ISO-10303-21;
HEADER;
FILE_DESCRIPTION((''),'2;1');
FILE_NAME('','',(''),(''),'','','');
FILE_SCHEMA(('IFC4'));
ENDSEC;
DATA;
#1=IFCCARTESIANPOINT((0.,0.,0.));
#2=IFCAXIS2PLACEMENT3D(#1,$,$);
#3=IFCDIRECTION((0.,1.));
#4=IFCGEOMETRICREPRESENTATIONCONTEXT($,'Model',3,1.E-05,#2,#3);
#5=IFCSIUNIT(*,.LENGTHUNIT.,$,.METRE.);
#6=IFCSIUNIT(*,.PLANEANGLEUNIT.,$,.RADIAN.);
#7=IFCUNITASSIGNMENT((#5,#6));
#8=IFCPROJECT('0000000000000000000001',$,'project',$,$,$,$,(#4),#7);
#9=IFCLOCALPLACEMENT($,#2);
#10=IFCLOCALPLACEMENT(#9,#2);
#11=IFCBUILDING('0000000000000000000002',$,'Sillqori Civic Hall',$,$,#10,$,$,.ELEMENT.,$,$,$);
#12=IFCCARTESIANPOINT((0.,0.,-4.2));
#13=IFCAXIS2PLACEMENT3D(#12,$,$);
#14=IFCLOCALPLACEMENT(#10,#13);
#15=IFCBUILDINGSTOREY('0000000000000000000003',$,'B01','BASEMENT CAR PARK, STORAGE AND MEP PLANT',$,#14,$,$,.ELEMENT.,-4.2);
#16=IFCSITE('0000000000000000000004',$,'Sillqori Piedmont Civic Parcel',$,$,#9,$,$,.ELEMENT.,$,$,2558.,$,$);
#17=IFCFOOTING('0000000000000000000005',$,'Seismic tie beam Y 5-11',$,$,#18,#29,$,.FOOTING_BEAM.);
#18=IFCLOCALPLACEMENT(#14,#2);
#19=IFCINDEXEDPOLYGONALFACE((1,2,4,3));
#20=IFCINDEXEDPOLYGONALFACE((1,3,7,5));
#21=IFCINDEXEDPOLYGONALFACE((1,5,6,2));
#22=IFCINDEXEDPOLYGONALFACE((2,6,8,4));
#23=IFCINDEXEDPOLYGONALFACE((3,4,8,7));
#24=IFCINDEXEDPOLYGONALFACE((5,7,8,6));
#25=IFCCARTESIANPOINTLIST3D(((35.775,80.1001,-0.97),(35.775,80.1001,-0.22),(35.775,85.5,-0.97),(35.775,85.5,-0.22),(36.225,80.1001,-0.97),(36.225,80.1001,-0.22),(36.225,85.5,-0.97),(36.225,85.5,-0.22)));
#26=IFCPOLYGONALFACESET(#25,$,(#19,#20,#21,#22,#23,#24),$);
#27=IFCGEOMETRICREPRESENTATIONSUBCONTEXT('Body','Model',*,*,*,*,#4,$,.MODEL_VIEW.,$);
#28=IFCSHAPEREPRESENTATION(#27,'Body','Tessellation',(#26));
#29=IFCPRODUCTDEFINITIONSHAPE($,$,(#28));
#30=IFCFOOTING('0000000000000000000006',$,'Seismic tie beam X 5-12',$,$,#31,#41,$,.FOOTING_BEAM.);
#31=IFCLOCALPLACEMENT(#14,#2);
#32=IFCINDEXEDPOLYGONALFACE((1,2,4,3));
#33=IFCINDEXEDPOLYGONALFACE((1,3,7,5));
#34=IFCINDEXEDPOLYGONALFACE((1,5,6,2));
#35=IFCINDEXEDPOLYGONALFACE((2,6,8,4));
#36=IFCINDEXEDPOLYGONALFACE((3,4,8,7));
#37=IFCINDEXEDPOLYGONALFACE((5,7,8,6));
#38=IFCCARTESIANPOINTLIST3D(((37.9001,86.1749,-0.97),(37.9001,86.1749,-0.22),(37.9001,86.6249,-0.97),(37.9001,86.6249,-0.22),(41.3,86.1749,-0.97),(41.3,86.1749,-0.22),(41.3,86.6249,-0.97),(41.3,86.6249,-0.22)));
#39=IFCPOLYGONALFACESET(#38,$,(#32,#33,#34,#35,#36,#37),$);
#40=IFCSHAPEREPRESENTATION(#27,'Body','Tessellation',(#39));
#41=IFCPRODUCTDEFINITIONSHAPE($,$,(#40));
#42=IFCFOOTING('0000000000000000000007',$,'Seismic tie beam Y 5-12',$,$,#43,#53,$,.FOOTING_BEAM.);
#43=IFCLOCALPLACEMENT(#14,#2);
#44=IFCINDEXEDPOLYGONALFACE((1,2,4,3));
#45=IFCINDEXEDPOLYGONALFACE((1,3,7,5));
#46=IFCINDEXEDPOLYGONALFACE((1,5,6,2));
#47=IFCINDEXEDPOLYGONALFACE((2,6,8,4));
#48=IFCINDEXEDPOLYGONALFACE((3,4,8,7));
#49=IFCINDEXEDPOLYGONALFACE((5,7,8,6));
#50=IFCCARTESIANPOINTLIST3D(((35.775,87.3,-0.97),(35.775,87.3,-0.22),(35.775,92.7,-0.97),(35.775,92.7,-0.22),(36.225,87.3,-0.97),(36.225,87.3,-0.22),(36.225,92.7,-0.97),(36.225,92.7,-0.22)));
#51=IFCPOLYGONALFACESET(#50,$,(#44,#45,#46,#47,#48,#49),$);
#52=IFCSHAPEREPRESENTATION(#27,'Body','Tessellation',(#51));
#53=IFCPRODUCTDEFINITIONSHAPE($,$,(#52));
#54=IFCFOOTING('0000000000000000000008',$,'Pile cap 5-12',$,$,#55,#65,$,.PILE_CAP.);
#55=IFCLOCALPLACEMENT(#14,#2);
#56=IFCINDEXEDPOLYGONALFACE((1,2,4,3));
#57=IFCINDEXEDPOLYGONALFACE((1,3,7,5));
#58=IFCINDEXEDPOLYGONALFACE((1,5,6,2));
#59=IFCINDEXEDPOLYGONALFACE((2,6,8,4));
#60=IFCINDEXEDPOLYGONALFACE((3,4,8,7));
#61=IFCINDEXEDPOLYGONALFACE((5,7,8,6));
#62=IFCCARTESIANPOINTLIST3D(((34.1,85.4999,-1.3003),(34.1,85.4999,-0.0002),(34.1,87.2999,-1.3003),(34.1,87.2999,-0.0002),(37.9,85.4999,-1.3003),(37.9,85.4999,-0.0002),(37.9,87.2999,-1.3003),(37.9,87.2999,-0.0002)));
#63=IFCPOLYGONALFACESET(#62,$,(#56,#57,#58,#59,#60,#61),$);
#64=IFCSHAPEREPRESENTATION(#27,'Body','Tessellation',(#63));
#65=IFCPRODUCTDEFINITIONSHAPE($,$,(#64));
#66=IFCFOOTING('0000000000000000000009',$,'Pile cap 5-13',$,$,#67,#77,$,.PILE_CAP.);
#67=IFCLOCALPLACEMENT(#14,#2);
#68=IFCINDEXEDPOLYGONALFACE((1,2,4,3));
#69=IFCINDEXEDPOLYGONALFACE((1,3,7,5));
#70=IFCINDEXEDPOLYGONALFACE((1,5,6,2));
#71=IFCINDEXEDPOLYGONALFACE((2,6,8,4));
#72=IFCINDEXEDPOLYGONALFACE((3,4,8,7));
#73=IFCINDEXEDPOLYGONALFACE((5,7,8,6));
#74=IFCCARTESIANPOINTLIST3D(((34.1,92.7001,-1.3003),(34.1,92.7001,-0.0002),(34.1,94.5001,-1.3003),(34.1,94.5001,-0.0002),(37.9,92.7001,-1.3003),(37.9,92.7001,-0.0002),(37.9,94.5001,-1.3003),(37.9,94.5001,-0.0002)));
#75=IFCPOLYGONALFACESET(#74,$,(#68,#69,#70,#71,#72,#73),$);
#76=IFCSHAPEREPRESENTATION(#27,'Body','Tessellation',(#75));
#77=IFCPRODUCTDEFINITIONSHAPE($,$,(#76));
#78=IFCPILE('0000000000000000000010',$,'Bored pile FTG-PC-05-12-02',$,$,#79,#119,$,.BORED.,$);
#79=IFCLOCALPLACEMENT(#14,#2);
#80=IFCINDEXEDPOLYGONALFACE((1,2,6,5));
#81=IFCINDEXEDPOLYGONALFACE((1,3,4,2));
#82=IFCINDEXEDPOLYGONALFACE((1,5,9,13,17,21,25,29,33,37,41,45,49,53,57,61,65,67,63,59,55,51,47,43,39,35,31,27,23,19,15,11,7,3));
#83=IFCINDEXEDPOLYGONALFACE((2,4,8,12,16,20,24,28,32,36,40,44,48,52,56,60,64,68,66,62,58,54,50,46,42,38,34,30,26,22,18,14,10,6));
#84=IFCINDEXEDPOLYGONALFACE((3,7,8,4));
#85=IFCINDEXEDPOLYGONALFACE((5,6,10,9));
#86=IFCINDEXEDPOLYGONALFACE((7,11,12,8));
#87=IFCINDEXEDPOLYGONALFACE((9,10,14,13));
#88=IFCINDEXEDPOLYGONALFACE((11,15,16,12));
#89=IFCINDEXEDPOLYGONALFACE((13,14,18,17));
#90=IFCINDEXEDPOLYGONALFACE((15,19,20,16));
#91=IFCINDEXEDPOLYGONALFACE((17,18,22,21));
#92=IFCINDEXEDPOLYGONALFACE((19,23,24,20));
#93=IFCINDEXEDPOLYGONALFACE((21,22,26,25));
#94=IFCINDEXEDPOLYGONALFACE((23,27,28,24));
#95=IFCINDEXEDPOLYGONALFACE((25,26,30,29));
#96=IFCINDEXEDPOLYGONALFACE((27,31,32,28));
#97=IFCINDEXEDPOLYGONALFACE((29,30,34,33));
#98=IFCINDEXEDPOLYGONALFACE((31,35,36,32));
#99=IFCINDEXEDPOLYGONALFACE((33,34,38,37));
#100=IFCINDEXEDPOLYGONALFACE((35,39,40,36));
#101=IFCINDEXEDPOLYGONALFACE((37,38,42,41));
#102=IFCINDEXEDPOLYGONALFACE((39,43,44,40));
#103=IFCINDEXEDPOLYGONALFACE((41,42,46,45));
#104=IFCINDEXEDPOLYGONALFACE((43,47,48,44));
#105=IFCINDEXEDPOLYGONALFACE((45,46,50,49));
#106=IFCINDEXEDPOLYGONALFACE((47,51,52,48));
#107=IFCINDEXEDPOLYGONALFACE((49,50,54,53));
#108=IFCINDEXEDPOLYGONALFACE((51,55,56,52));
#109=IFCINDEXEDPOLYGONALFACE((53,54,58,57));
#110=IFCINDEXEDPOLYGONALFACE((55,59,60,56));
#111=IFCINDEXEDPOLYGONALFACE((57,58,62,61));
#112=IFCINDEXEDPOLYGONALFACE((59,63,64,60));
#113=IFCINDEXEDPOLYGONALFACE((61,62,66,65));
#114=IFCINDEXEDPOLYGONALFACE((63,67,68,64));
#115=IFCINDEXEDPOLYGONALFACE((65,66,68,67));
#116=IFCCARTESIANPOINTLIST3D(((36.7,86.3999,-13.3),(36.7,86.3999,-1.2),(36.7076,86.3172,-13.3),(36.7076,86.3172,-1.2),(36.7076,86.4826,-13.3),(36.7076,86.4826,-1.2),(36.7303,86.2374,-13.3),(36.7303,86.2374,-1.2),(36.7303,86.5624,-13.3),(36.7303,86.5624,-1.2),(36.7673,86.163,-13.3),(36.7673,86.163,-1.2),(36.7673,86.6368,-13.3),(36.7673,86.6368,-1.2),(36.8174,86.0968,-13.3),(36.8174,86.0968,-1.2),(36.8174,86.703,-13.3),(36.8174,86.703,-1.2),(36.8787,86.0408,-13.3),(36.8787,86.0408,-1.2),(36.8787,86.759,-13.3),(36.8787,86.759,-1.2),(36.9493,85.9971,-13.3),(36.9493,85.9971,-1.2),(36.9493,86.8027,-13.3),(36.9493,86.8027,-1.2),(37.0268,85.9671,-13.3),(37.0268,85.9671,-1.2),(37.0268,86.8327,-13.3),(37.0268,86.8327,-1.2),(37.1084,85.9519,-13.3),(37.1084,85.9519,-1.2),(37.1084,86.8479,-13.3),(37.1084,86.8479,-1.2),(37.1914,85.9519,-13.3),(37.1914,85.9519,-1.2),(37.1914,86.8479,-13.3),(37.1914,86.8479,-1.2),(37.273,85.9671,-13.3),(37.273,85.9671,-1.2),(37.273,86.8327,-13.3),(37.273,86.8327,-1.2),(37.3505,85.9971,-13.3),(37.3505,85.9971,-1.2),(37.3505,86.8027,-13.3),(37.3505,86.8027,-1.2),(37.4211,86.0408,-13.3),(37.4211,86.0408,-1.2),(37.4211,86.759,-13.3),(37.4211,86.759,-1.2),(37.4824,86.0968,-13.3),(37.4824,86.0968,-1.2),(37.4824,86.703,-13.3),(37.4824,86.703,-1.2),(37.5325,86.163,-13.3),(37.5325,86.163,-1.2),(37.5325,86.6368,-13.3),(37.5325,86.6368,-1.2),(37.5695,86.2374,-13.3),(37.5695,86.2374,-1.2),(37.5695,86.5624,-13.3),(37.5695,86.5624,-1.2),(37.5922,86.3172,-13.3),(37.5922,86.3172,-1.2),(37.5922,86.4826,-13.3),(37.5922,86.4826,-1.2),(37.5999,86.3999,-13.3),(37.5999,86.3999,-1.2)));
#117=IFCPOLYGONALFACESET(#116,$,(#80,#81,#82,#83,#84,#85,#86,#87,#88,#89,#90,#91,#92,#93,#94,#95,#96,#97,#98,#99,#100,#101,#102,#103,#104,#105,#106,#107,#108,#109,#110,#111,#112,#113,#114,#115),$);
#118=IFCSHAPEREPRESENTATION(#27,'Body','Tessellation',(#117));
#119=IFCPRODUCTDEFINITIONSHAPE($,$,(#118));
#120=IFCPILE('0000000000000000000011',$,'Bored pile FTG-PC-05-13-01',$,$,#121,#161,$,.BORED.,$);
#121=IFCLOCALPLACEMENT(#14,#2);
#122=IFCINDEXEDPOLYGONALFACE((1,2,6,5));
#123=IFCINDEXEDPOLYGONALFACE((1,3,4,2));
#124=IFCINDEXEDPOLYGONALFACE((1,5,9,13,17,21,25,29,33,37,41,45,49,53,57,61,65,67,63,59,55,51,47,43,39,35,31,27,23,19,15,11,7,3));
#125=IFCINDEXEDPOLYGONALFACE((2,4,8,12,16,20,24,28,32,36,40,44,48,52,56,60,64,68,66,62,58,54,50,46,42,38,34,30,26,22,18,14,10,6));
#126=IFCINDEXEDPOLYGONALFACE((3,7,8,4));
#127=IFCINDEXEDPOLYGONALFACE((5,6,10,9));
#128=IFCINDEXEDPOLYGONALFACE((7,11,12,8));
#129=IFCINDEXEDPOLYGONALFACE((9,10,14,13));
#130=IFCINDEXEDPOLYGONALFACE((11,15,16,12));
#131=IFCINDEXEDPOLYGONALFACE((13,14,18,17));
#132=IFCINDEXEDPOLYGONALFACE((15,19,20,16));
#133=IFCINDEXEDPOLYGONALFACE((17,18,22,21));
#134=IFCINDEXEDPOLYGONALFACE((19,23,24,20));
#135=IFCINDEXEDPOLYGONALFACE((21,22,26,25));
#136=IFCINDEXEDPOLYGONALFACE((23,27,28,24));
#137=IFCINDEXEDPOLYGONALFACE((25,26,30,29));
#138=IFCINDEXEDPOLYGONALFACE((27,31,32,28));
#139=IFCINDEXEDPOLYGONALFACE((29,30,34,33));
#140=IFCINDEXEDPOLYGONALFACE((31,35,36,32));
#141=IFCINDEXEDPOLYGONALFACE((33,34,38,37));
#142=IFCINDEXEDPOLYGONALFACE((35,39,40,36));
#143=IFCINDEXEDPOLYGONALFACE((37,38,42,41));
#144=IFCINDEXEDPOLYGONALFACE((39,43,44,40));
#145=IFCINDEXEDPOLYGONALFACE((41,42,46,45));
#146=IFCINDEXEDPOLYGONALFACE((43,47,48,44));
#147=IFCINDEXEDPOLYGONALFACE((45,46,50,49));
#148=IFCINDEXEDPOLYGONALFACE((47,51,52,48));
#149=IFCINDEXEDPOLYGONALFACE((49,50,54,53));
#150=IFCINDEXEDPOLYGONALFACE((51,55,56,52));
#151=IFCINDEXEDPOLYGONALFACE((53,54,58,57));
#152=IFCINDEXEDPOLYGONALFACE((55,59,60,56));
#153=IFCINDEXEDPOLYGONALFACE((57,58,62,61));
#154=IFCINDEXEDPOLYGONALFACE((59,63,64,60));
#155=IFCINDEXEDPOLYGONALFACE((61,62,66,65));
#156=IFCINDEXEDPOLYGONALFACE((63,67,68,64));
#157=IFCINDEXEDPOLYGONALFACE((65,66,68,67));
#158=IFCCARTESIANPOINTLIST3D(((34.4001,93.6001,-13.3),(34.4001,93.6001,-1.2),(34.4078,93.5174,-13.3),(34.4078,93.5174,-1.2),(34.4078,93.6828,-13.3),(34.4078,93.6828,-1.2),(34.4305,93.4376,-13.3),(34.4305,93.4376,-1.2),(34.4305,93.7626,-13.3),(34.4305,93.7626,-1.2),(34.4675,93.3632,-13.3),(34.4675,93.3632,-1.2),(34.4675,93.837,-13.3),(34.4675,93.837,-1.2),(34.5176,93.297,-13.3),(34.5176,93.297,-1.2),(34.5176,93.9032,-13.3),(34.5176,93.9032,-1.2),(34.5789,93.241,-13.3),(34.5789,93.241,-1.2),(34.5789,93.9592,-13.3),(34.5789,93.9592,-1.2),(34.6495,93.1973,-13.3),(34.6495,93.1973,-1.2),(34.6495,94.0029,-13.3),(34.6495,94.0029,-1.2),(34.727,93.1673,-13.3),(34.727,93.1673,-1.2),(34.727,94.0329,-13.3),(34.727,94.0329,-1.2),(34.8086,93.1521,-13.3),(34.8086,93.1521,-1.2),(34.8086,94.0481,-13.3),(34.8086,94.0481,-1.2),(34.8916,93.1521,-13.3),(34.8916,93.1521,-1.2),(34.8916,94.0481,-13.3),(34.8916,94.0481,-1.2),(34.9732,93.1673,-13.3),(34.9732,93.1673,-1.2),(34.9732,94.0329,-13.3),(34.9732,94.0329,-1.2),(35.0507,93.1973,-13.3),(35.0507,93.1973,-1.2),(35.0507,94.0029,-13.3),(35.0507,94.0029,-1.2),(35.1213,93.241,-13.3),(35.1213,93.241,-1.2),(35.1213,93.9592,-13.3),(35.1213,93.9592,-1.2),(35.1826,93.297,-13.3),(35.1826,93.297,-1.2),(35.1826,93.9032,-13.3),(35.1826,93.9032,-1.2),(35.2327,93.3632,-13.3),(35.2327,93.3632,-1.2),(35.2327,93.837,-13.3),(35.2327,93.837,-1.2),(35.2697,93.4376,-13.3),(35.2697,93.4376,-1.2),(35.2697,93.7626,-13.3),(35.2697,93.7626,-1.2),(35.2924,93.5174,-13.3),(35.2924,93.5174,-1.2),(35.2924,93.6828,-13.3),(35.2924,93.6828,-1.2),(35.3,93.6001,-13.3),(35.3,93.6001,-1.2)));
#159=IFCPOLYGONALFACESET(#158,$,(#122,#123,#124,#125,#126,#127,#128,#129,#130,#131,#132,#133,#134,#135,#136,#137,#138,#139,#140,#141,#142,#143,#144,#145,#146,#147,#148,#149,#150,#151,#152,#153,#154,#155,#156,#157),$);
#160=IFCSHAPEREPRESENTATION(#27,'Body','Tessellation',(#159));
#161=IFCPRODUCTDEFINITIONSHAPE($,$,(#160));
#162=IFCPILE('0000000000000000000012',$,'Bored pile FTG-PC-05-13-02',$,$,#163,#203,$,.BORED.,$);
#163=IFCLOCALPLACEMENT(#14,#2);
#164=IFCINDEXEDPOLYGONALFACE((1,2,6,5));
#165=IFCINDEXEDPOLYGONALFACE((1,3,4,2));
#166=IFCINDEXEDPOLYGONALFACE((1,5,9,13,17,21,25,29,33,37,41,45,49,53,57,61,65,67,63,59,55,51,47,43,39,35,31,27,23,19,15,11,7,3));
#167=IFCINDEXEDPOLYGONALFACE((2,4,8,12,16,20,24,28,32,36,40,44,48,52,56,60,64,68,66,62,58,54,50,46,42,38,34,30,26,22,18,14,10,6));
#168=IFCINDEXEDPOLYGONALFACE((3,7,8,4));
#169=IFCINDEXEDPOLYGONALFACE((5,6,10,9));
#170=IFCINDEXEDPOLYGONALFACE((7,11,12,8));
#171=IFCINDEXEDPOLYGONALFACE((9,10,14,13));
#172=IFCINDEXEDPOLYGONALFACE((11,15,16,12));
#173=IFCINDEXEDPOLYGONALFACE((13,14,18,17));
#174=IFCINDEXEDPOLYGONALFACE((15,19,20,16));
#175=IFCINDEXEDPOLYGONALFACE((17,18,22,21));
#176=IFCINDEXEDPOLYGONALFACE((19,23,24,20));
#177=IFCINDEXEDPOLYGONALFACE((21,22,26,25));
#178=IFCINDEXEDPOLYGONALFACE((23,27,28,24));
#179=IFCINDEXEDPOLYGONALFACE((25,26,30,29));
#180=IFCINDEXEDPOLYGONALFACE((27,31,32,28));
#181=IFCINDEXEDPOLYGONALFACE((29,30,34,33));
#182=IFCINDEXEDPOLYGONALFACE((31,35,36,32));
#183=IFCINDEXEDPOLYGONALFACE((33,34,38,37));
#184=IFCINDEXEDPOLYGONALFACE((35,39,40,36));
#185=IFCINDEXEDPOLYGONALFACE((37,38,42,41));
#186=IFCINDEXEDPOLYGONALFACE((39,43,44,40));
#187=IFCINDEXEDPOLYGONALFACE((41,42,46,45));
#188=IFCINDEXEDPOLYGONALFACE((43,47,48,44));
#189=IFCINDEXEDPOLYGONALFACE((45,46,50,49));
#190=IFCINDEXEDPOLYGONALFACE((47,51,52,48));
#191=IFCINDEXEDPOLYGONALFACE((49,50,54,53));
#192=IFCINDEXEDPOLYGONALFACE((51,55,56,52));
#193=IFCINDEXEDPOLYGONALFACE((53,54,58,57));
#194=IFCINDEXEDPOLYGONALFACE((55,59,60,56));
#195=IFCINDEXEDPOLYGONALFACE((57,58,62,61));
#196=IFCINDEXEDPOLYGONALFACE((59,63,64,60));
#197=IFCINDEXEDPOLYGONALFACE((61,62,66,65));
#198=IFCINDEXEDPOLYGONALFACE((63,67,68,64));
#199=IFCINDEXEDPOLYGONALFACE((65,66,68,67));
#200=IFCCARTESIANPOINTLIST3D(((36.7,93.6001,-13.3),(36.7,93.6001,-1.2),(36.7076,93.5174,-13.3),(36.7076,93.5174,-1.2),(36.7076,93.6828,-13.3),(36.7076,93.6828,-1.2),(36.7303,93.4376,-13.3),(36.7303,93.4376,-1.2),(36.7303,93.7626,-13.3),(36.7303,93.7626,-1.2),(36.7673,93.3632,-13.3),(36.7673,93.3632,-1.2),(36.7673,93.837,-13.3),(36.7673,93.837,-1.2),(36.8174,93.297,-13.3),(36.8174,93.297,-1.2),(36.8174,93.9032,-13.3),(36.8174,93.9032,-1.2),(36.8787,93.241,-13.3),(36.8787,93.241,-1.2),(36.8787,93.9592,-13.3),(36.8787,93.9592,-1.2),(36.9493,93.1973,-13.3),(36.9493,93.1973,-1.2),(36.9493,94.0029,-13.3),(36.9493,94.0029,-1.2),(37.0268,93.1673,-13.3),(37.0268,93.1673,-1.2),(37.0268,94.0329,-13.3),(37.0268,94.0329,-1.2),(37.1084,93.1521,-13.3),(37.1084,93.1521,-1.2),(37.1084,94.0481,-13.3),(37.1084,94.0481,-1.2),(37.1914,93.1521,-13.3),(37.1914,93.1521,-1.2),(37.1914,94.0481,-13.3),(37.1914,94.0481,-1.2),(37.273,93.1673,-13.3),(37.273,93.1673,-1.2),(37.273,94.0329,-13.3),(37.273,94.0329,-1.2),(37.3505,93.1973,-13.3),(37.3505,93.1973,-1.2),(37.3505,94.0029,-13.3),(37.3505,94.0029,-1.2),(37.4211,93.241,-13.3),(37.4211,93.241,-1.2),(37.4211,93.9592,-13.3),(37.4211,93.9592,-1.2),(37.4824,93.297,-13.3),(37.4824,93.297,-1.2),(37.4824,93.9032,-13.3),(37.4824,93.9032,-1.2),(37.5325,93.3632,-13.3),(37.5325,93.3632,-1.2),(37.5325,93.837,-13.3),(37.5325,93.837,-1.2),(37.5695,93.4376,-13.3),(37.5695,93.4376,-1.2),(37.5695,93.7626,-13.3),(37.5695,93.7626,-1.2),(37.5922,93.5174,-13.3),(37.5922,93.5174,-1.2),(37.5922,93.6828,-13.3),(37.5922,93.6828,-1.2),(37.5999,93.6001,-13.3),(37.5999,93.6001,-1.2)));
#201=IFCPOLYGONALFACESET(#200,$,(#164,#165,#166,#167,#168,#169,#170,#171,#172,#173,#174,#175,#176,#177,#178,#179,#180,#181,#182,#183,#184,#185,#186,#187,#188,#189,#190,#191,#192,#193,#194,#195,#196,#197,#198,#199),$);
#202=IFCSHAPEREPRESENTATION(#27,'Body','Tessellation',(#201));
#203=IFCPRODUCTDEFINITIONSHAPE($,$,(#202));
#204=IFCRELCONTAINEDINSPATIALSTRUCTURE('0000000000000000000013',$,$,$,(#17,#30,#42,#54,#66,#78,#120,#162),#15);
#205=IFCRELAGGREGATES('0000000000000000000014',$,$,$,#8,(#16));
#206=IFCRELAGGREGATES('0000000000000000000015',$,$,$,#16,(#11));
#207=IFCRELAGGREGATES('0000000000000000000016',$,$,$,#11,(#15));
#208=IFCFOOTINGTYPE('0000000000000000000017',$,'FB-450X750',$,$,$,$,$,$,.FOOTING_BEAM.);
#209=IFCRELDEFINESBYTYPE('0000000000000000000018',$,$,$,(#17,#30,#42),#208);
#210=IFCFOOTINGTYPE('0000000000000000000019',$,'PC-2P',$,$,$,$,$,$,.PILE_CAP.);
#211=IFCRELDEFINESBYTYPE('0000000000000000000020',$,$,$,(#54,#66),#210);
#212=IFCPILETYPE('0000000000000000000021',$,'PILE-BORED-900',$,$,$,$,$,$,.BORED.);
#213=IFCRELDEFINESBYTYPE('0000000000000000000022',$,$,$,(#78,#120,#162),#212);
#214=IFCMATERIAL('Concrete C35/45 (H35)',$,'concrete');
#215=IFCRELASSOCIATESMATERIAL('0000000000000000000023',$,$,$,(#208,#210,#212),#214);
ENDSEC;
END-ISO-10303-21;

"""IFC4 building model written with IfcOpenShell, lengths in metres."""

from ifc_helpers import new_model, si_unit, direction, frame, origin, origin_2d, place, context, subcontext, project, spatial, rectangle, circle, extrude, material, material_profile, profile_set, type_object, element, save


model = new_model("IFC4")

# Units and contexts
model_context = context("Model", 3, precision=1e-05, world=origin(), true_north=direction((0.0, 1.0)))
body_context = subcontext(model_context, "Body", "Model", "MODEL_VIEW")
ifc_project = project(units=[si_unit("LENGTHUNIT", "METRE"), si_unit("PLANEANGLEUNIT", "RADIAN")], contexts=[model_context])

# Site, building, storey
site_placement = place(None, origin())
site = spatial("IfcSite", under=ifc_project, at=site_placement, Name="Sillqori Piedmont Civic Parcel", CompositionType="ELEMENT", RefElevation=2558.0)
building_placement = place(site_placement, origin())
building = spatial("IfcBuilding", under=site, at=building_placement, Name="Sillqori Civic Hall", CompositionType="ELEMENT")
storey_placement = place(building_placement, frame((0.0, 0.0, -4.2)))
storey = spatial("IfcBuildingStorey", under=building, at=storey_placement, Name="B01", Description="BASEMENT CAR PARK, STORAGE AND MEP PLANT", CompositionType="ELEMENT", Elevation=-4.2)

# Footings
ifc_material_1 = material(Name="Concrete C35/45 (H35)", Category="concrete")
footing_type_1 = type_object("IfcFootingType", Name="FB-450X750", PredefinedType="FOOTING_BEAM", material=ifc_material_1)
footing_1_placement = place(storey_placement, frame((36.0, 82.8, -0.97), z_axis=(0.0, 0.0, 1.0), x_axis=(1.0, 0.0, 0.0)))
element("IfcFooting", 1, at=footing_1_placement, inside=storey, type_object=footing_type_1, Name="Seismic tie beam Y 5-11", PredefinedType="FOOTING_BEAM", context=body_context, shape_type="SweptSolid", body=[
    extrude(rectangle(XDim=0.45, YDim=5.3999, at=origin_2d()), origin(), (0.0, 0.0, 1.0), 0.75),
])
footing_2_placement = place(storey_placement, frame((39.6001, 86.3999, -0.97), z_axis=(0.0, 0.0, 1.0), x_axis=(1.0, 0.0, 0.0)))
element("IfcFooting", 2, at=footing_2_placement, inside=storey, type_object=footing_type_1, Name="Seismic tie beam X 5-12", PredefinedType="FOOTING_BEAM", context=body_context, shape_type="SweptSolid", body=[
    extrude(rectangle(XDim=3.3999, YDim=0.45, at=origin_2d()), origin(), (0.0, 0.0, 1.0), 0.75),
])
footing_3_placement = place(storey_placement, frame((36.0, 90.0, -0.97), z_axis=(0.0, 0.0, 1.0), x_axis=(1.0, 0.0, 0.0)))
element("IfcFooting", 3, at=footing_3_placement, inside=storey, type_object=footing_type_1, Name="Seismic tie beam Y 5-12", PredefinedType="FOOTING_BEAM", context=body_context, shape_type="SweptSolid", body=[
    extrude(rectangle(XDim=0.45, YDim=5.3999, at=origin_2d()), origin(), (0.0, 0.0, 1.0), 0.75),
])
footing_type_2 = type_object("IfcFootingType", Name="PC-2P", PredefinedType="PILE_CAP", material=ifc_material_1)
for number, where, z_axis, x_axis, name in (
    (4, (36.0, 86.3999, -1.3003), (0.0, 0.0, 1.0), (1.0, 0.0, 0.0), "Pile cap 5-12"),
    (5, (36.0, 93.6001, -1.3003), (0.0, 0.0, 1.0), (1.0, 0.0, 0.0), "Pile cap 5-13"),
):
    element("IfcFooting", number, at=place(storey_placement, frame(where, z_axis=z_axis, x_axis=x_axis)), inside=storey, type_object=footing_type_2, Name=name, PredefinedType="PILE_CAP", context=body_context, shape_type="SweptSolid", body=[
        extrude(rectangle(XDim=3.8, YDim=1.8, at=origin_2d()), origin(), (0.0, 0.0, 1.0), 1.3),
    ])

# Piles
ifc_material_profile_1 = material_profile(ifc_material_1, circle(Radius=0.45, at=origin_2d()), Name="BORED PILE 900")
ifc_profile_set_1 = profile_set([ifc_material_profile_1], Name="Concrete C35/45 (H35)")
pile_type = type_object("IfcPileType", Name="PILE-BORED-900", PredefinedType="BORED", material=ifc_profile_set_1)
for number, where, z_axis, x_axis, name in (
    (6, (37.1499, 86.3999, -1.2), (0.0, 0.0, -1.0), (1.0, 0.0, 0.0), "Bored pile FTG-PC-05-12-02"),
    (7, (34.8501, 93.6001, -1.2), (0.0, 0.0, -1.0), (1.0, 0.0, 0.0), "Bored pile FTG-PC-05-13-01"),
    (8, (37.1499, 93.6001, -1.2), (0.0, 0.0, -1.0), (1.0, 0.0, 0.0), "Bored pile FTG-PC-05-13-02"),
):
    element("IfcPile", number, at=place(storey_placement, frame(where, z_axis=z_axis, x_axis=x_axis)), inside=storey, type_object=pile_type, Name=name, PredefinedType="BORED", context=body_context, shape_type="SweptSolid", body=[
        extrude(circle(Radius=0.45, at=origin_2d()), origin(), (0.0, 0.0, 1.0), 12.1001),
    ])

save(model, "model.ifc")
